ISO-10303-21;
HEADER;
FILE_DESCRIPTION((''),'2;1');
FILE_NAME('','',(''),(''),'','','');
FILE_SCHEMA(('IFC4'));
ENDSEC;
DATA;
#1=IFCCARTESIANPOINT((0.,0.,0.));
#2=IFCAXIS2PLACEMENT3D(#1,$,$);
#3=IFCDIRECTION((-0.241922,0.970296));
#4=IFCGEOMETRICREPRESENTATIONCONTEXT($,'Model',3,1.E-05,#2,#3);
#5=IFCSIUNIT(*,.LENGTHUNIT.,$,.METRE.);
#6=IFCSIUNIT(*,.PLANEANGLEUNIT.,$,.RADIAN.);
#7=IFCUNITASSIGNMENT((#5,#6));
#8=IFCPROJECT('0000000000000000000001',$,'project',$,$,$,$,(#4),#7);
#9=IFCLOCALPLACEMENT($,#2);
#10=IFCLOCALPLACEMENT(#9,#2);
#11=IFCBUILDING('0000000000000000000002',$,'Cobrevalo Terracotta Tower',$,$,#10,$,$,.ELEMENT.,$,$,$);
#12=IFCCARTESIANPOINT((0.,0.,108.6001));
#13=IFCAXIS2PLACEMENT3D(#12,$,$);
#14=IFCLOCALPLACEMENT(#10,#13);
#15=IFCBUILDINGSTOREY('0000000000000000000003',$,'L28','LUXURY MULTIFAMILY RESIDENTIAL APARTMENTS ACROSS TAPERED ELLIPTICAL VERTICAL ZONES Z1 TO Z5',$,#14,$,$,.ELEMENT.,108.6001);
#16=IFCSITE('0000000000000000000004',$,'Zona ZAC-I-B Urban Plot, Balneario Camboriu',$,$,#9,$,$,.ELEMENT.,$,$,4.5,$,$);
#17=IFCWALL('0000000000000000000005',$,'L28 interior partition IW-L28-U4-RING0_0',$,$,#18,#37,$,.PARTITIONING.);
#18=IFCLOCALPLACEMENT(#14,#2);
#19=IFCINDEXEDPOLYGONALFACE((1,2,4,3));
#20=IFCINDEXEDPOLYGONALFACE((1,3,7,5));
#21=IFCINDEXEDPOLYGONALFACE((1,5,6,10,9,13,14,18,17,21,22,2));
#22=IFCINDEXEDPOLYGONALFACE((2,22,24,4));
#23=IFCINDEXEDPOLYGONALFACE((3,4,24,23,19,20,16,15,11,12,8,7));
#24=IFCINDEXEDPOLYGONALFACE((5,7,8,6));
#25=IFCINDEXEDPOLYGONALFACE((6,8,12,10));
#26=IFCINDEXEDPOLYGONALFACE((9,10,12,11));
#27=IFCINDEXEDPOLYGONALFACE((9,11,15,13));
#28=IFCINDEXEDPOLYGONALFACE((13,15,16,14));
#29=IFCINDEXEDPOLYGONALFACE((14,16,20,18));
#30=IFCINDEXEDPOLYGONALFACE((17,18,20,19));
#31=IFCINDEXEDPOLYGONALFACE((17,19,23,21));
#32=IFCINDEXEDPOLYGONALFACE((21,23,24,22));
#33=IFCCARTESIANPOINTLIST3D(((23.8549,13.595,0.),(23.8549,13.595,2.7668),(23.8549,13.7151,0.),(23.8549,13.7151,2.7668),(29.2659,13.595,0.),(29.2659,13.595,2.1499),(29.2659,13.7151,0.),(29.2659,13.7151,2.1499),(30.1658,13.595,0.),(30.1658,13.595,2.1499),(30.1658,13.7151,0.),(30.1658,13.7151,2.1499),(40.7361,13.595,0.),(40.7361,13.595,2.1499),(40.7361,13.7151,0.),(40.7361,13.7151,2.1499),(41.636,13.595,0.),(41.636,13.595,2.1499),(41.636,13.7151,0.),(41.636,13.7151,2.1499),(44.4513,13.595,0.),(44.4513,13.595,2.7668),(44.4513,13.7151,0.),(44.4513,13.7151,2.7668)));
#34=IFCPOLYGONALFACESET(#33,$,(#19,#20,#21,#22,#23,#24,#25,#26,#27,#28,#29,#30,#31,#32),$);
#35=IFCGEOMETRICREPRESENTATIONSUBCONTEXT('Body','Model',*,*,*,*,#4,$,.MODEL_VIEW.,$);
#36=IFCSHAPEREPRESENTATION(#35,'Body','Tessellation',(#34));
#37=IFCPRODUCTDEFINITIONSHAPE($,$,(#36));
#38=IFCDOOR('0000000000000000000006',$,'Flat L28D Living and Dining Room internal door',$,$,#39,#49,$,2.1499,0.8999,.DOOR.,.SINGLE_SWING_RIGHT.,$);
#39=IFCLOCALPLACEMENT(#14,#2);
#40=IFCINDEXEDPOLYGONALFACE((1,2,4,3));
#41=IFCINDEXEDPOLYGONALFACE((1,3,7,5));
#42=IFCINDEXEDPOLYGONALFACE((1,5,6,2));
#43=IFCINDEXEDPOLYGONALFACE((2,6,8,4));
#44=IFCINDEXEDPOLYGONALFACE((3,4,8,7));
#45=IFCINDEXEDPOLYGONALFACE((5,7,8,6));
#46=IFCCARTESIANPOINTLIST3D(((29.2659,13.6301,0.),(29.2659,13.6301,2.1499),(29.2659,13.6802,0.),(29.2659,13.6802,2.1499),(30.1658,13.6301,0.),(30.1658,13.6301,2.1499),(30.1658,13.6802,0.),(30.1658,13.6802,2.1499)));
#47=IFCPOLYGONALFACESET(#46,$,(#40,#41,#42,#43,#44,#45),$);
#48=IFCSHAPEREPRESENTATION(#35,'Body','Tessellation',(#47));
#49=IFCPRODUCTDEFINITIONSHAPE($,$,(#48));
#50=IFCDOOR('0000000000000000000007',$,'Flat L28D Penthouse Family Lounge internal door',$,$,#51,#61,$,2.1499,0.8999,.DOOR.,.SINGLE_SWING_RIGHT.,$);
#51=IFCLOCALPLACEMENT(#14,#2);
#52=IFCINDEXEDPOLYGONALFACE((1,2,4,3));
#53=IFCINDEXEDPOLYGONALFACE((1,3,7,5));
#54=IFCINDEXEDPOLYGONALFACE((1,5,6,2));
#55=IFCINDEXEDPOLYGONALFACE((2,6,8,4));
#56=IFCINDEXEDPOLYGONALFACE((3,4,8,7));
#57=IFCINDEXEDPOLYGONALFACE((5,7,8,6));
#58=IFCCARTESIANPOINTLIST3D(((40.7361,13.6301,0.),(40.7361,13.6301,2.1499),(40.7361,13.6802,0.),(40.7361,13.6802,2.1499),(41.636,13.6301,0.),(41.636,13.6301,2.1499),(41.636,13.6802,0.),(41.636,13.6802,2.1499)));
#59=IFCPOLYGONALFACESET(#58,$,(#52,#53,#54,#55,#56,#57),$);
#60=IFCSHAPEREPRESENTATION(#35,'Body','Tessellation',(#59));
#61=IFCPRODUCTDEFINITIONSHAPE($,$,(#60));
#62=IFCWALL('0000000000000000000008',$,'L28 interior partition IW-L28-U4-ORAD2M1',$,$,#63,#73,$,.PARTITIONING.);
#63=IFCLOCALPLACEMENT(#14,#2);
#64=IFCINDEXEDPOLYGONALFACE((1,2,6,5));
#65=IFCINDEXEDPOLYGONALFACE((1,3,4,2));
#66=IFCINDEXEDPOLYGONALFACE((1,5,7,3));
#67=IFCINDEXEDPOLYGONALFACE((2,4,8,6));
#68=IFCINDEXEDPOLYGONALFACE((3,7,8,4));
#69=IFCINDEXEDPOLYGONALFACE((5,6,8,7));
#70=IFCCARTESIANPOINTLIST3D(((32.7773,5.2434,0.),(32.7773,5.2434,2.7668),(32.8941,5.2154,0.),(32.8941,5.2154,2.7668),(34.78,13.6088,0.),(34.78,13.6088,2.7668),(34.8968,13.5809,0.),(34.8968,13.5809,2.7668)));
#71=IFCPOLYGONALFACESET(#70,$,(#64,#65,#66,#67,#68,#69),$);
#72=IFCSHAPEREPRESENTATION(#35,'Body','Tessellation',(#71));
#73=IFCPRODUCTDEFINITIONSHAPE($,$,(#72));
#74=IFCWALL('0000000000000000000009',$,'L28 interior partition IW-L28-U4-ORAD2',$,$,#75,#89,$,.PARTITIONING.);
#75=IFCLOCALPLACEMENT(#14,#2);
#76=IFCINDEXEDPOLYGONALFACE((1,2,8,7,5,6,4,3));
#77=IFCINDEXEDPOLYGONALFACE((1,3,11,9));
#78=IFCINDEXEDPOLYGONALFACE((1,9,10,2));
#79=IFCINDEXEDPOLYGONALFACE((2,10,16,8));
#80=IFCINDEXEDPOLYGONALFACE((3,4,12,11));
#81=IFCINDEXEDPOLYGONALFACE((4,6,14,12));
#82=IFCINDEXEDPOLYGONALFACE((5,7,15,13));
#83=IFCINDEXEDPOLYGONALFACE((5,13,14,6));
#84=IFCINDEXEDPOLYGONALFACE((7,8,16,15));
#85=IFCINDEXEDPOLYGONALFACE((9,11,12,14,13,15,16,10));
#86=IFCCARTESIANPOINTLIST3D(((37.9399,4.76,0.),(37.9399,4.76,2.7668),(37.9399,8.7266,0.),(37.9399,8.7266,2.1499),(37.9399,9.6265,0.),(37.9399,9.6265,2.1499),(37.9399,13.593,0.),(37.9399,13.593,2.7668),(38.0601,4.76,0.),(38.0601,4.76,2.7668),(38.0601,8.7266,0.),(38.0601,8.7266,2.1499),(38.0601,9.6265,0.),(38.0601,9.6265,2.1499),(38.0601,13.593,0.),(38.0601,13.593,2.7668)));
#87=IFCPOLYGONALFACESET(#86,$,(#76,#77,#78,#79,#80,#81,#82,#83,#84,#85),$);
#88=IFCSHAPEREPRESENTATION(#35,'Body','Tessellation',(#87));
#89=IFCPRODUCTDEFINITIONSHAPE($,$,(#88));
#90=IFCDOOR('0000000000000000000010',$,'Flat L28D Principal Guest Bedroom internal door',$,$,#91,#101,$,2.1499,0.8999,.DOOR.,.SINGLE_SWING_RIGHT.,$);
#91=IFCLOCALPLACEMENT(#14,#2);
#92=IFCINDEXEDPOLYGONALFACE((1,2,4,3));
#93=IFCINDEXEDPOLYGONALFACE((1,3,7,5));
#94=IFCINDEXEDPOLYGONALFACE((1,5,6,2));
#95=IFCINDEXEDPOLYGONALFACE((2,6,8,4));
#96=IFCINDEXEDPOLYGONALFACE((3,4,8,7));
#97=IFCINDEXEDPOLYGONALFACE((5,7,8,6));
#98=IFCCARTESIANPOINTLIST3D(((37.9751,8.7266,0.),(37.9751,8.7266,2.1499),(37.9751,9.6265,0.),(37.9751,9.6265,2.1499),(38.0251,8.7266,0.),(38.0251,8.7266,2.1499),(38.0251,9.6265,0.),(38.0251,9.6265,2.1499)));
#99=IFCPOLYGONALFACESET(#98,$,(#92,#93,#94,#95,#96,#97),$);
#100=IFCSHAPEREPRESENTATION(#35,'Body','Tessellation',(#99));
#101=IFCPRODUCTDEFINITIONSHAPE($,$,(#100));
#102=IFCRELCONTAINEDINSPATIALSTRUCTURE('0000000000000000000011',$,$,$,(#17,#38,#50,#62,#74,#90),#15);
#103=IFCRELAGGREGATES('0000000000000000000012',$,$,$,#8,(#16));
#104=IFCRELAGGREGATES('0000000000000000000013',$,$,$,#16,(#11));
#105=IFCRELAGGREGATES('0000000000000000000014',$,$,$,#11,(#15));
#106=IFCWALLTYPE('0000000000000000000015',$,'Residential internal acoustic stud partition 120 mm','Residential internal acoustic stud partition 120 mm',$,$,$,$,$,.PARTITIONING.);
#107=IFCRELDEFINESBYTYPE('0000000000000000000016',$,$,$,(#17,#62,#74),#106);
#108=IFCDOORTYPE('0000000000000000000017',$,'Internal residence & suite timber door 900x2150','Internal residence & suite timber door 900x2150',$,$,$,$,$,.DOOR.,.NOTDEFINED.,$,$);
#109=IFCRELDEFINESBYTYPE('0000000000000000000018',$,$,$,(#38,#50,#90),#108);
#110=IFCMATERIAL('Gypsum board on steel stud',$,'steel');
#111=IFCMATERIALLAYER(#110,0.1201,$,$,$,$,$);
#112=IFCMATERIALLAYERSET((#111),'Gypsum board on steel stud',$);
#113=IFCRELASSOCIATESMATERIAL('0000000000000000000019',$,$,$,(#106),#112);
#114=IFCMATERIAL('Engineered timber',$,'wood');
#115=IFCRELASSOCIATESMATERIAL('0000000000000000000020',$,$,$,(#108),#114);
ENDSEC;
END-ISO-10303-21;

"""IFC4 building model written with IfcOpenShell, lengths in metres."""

from ifc_helpers import new_model, si_unit, direction, frame, frame_2d, origin, place, context, subcontext, project, spatial, rectangle, extrude, source, transform, mapped, material, layer, layer_set, type_object, element, fill, save


model = new_model("IFC4")

# Units and contexts
model_context = context("Model", 3, precision=1e-05, world=origin(), true_north=direction((-0.241922, 0.970296)))
body_context = subcontext(model_context, "Body", "Model", "MODEL_VIEW")
ifc_project = project(units=[si_unit("LENGTHUNIT", "METRE"), si_unit("PLANEANGLEUNIT", "RADIAN")], contexts=[model_context])

# Site, building, storey
site_placement = place(None, origin())
site = spatial("IfcSite", under=ifc_project, at=site_placement, Name="Zona ZAC-I-B Urban Plot, Balneario Camboriu", CompositionType="ELEMENT", RefElevation=4.5)
building_placement = place(site_placement, origin())
building = spatial("IfcBuilding", under=site, at=building_placement, Name="Cobrevalo Terracotta Tower", CompositionType="ELEMENT")
storey_placement = place(building_placement, frame((0.0, 0.0, 108.6001)))
storey = spatial("IfcBuildingStorey", under=building, at=storey_placement, Name="L28", Description="LUXURY MULTIFAMILY RESIDENTIAL APARTMENTS ACROSS TAPERED ELLIPTICAL VERTICAL ZONES Z1 TO Z5", CompositionType="ELEMENT", Elevation=108.6001)

# Wall, openings, doors
ifc_material_1 = material(Name="Gypsum board on steel stud", Category="steel")
ifc_layer_1 = layer(ifc_material_1, 0.1201)
ifc_layer_set_1 = layer_set([ifc_layer_1], Name="Gypsum board on steel stud")
wall_type = type_object("IfcWallType", Name="Residential internal acoustic stud partition 120 mm", Description="Residential internal acoustic stud partition 120 mm", PredefinedType="PARTITIONING", material=ifc_layer_set_1)
wall_1_placement = place(storey_placement, frame((44.4514, 13.655, 0.0), z_axis=(0.0, 0.0, 1.0), x_axis=(-1.0, 0.0, 0.0)))
wall_1 = element("IfcWall", 1, at=wall_1_placement, inside=storey, type_object=wall_type, Name="L28 interior partition IW-L28-U4-RING0_0", PredefinedType="PARTITIONING", context=body_context, shape_type="SweptSolid", body=[
    extrude(rectangle(XDim=20.5964, YDim=0.1201, at=frame_2d((10.2983, 0.0))), origin(), (0.0, 0.0, 1.0), 2.7668),
])
opening_1_placement = place(wall_1_placement, frame((14.2856, 0.0, 0.0)))
opening_1 = element("IfcOpeningElement", 2, at=opening_1_placement, cuts=wall_1, PredefinedType="OPENING", context=body_context, shape_type="SweptSolid", body=[
    extrude(rectangle(XDim=0.8999, YDim=2.1499, at=frame_2d((0.45, 1.075))), frame((0.0, 0.0701, 0.0), z_axis=(0.0, -1.0, 0.0), x_axis=(1.0, 0.0, 0.0)), (0.0, 0.0, 1.0), 0.1401),
])
opening_2_placement = place(wall_1_placement, frame((2.8154, 0.0, 0.0)))
opening_2 = element("IfcOpeningElement", 3, at=opening_2_placement, cuts=wall_1, PredefinedType="OPENING", context=body_context, shape_type="SweptSolid", body=[
    extrude(rectangle(XDim=0.8999, YDim=2.1499, at=frame_2d((0.45, 1.075))), frame((0.0, 0.0701, 0.0), z_axis=(0.0, -1.0, 0.0), x_axis=(1.0, 0.0, 0.0)), (0.0, 0.0, 1.0), 0.1401),
])
ifc_material_2 = material(Name="Engineered timber", Category="wood")
door_type = type_object("IfcDoorType", Name="Internal residence & suite timber door 900x2150", Description="Internal residence & suite timber door 900x2150", OperationType="NOTDEFINED", PredefinedType="DOOR", material=ifc_material_2)
shared_shape_1 = source(origin(), body_context, "Body", "SweptSolid", [
    extrude(rectangle(XDim=0.8999, YDim=2.1499, at=frame_2d((0.45, 1.075))), frame((0.0, 0.0249, 0.0), z_axis=(0.0, -1.0, 0.0), x_axis=(1.0, 0.0, 0.0)), (0.0, 0.0, 1.0), 0.05),
])
door_1_placement = place(opening_1_placement, origin())
door_1 = element("IfcDoor", 4, at=door_1_placement, inside=storey, type_object=door_type, Name="Flat L28D Living and Dining Room internal door", OperationType="SINGLE_SWING_RIGHT", OverallHeight=2.1499, OverallWidth=0.8999, PredefinedType="DOOR", context=body_context, shape_type="MappedRepresentation", body=[
    mapped(shared_shape_1, transform((0.0, 0.0, 0.0), scale=1.0)),
])
fill(opening_1, door_1)
door_2_placement = place(opening_2_placement, origin())
door_2 = element("IfcDoor", 5, at=door_2_placement, inside=storey, type_object=door_type, Name="Flat L28D Penthouse Family Lounge internal door", OperationType="SINGLE_SWING_RIGHT", OverallHeight=2.1499, OverallWidth=0.8999, PredefinedType="DOOR", context=body_context, shape_type="MappedRepresentation", body=[
    mapped(shared_shape_1, transform((0.0, 0.0, 0.0), scale=1.0)),
])
fill(opening_2, door_2)

# Wall
wall_2_placement = place(storey_placement, frame((34.8384, 13.5947, 0.0), z_axis=(0.0, 0.0, 1.0), x_axis=(-0.23282, -0.97252, 0.0)))
element("IfcWall", 6, at=wall_2_placement, inside=storey, type_object=wall_type, Name="L28 interior partition IW-L28-U4-ORAD2M1", PredefinedType="PARTITIONING", context=body_context, shape_type="SweptSolid", body=[
    extrude(rectangle(XDim=8.6018, YDim=0.1201, at=frame_2d((4.3008, 0.0))), origin(), (0.0, 0.0, 1.0), 2.7668),
])

# Wall, opening, door
wall_3_placement = place(storey_placement, frame((38.0, 13.593, 0.0), z_axis=(0.0, 0.0, 1.0), x_axis=(0.0, -1.0, 0.0)))
wall_3 = element("IfcWall", 7, at=wall_3_placement, inside=storey, type_object=wall_type, Name="L28 interior partition IW-L28-U4-ORAD2", PredefinedType="PARTITIONING", context=body_context, shape_type="SweptSolid", body=[
    extrude(rectangle(XDim=8.833, YDim=0.1201, at=frame_2d((4.4165, 0.0))), origin(), (0.0, 0.0, 1.0), 2.7668),
])
opening_3_placement = place(wall_3_placement, frame((3.9666, 0.0, 0.0)))
opening_3 = element("IfcOpeningElement", 8, at=opening_3_placement, cuts=wall_3, PredefinedType="OPENING", context=body_context, shape_type="SweptSolid", body=[
    extrude(rectangle(XDim=0.8999, YDim=2.1499, at=frame_2d((0.45, 1.075))), frame((0.0, 0.0701, 0.0), z_axis=(0.0, -1.0, 0.0), x_axis=(1.0, 0.0, 0.0)), (0.0, 0.0, 1.0), 0.1401),
])
door_3_placement = place(opening_3_placement, frame((0.8999, 0.0, 0.0), z_axis=(0.0, 0.0, 1.0), x_axis=(-1.0, 0.0, 0.0)))
door_3 = element("IfcDoor", 9, at=door_3_placement, inside=storey, type_object=door_type, Name="Flat L28D Principal Guest Bedroom internal door", OperationType="SINGLE_SWING_RIGHT", OverallHeight=2.1499, OverallWidth=0.8999, PredefinedType="DOOR", context=body_context, shape_type="MappedRepresentation", body=[
    mapped(shared_shape_1, transform((0.0, 0.0, 0.0), scale=1.0)),
])
fill(opening_3, door_3)

save(model, "model.ifc")
